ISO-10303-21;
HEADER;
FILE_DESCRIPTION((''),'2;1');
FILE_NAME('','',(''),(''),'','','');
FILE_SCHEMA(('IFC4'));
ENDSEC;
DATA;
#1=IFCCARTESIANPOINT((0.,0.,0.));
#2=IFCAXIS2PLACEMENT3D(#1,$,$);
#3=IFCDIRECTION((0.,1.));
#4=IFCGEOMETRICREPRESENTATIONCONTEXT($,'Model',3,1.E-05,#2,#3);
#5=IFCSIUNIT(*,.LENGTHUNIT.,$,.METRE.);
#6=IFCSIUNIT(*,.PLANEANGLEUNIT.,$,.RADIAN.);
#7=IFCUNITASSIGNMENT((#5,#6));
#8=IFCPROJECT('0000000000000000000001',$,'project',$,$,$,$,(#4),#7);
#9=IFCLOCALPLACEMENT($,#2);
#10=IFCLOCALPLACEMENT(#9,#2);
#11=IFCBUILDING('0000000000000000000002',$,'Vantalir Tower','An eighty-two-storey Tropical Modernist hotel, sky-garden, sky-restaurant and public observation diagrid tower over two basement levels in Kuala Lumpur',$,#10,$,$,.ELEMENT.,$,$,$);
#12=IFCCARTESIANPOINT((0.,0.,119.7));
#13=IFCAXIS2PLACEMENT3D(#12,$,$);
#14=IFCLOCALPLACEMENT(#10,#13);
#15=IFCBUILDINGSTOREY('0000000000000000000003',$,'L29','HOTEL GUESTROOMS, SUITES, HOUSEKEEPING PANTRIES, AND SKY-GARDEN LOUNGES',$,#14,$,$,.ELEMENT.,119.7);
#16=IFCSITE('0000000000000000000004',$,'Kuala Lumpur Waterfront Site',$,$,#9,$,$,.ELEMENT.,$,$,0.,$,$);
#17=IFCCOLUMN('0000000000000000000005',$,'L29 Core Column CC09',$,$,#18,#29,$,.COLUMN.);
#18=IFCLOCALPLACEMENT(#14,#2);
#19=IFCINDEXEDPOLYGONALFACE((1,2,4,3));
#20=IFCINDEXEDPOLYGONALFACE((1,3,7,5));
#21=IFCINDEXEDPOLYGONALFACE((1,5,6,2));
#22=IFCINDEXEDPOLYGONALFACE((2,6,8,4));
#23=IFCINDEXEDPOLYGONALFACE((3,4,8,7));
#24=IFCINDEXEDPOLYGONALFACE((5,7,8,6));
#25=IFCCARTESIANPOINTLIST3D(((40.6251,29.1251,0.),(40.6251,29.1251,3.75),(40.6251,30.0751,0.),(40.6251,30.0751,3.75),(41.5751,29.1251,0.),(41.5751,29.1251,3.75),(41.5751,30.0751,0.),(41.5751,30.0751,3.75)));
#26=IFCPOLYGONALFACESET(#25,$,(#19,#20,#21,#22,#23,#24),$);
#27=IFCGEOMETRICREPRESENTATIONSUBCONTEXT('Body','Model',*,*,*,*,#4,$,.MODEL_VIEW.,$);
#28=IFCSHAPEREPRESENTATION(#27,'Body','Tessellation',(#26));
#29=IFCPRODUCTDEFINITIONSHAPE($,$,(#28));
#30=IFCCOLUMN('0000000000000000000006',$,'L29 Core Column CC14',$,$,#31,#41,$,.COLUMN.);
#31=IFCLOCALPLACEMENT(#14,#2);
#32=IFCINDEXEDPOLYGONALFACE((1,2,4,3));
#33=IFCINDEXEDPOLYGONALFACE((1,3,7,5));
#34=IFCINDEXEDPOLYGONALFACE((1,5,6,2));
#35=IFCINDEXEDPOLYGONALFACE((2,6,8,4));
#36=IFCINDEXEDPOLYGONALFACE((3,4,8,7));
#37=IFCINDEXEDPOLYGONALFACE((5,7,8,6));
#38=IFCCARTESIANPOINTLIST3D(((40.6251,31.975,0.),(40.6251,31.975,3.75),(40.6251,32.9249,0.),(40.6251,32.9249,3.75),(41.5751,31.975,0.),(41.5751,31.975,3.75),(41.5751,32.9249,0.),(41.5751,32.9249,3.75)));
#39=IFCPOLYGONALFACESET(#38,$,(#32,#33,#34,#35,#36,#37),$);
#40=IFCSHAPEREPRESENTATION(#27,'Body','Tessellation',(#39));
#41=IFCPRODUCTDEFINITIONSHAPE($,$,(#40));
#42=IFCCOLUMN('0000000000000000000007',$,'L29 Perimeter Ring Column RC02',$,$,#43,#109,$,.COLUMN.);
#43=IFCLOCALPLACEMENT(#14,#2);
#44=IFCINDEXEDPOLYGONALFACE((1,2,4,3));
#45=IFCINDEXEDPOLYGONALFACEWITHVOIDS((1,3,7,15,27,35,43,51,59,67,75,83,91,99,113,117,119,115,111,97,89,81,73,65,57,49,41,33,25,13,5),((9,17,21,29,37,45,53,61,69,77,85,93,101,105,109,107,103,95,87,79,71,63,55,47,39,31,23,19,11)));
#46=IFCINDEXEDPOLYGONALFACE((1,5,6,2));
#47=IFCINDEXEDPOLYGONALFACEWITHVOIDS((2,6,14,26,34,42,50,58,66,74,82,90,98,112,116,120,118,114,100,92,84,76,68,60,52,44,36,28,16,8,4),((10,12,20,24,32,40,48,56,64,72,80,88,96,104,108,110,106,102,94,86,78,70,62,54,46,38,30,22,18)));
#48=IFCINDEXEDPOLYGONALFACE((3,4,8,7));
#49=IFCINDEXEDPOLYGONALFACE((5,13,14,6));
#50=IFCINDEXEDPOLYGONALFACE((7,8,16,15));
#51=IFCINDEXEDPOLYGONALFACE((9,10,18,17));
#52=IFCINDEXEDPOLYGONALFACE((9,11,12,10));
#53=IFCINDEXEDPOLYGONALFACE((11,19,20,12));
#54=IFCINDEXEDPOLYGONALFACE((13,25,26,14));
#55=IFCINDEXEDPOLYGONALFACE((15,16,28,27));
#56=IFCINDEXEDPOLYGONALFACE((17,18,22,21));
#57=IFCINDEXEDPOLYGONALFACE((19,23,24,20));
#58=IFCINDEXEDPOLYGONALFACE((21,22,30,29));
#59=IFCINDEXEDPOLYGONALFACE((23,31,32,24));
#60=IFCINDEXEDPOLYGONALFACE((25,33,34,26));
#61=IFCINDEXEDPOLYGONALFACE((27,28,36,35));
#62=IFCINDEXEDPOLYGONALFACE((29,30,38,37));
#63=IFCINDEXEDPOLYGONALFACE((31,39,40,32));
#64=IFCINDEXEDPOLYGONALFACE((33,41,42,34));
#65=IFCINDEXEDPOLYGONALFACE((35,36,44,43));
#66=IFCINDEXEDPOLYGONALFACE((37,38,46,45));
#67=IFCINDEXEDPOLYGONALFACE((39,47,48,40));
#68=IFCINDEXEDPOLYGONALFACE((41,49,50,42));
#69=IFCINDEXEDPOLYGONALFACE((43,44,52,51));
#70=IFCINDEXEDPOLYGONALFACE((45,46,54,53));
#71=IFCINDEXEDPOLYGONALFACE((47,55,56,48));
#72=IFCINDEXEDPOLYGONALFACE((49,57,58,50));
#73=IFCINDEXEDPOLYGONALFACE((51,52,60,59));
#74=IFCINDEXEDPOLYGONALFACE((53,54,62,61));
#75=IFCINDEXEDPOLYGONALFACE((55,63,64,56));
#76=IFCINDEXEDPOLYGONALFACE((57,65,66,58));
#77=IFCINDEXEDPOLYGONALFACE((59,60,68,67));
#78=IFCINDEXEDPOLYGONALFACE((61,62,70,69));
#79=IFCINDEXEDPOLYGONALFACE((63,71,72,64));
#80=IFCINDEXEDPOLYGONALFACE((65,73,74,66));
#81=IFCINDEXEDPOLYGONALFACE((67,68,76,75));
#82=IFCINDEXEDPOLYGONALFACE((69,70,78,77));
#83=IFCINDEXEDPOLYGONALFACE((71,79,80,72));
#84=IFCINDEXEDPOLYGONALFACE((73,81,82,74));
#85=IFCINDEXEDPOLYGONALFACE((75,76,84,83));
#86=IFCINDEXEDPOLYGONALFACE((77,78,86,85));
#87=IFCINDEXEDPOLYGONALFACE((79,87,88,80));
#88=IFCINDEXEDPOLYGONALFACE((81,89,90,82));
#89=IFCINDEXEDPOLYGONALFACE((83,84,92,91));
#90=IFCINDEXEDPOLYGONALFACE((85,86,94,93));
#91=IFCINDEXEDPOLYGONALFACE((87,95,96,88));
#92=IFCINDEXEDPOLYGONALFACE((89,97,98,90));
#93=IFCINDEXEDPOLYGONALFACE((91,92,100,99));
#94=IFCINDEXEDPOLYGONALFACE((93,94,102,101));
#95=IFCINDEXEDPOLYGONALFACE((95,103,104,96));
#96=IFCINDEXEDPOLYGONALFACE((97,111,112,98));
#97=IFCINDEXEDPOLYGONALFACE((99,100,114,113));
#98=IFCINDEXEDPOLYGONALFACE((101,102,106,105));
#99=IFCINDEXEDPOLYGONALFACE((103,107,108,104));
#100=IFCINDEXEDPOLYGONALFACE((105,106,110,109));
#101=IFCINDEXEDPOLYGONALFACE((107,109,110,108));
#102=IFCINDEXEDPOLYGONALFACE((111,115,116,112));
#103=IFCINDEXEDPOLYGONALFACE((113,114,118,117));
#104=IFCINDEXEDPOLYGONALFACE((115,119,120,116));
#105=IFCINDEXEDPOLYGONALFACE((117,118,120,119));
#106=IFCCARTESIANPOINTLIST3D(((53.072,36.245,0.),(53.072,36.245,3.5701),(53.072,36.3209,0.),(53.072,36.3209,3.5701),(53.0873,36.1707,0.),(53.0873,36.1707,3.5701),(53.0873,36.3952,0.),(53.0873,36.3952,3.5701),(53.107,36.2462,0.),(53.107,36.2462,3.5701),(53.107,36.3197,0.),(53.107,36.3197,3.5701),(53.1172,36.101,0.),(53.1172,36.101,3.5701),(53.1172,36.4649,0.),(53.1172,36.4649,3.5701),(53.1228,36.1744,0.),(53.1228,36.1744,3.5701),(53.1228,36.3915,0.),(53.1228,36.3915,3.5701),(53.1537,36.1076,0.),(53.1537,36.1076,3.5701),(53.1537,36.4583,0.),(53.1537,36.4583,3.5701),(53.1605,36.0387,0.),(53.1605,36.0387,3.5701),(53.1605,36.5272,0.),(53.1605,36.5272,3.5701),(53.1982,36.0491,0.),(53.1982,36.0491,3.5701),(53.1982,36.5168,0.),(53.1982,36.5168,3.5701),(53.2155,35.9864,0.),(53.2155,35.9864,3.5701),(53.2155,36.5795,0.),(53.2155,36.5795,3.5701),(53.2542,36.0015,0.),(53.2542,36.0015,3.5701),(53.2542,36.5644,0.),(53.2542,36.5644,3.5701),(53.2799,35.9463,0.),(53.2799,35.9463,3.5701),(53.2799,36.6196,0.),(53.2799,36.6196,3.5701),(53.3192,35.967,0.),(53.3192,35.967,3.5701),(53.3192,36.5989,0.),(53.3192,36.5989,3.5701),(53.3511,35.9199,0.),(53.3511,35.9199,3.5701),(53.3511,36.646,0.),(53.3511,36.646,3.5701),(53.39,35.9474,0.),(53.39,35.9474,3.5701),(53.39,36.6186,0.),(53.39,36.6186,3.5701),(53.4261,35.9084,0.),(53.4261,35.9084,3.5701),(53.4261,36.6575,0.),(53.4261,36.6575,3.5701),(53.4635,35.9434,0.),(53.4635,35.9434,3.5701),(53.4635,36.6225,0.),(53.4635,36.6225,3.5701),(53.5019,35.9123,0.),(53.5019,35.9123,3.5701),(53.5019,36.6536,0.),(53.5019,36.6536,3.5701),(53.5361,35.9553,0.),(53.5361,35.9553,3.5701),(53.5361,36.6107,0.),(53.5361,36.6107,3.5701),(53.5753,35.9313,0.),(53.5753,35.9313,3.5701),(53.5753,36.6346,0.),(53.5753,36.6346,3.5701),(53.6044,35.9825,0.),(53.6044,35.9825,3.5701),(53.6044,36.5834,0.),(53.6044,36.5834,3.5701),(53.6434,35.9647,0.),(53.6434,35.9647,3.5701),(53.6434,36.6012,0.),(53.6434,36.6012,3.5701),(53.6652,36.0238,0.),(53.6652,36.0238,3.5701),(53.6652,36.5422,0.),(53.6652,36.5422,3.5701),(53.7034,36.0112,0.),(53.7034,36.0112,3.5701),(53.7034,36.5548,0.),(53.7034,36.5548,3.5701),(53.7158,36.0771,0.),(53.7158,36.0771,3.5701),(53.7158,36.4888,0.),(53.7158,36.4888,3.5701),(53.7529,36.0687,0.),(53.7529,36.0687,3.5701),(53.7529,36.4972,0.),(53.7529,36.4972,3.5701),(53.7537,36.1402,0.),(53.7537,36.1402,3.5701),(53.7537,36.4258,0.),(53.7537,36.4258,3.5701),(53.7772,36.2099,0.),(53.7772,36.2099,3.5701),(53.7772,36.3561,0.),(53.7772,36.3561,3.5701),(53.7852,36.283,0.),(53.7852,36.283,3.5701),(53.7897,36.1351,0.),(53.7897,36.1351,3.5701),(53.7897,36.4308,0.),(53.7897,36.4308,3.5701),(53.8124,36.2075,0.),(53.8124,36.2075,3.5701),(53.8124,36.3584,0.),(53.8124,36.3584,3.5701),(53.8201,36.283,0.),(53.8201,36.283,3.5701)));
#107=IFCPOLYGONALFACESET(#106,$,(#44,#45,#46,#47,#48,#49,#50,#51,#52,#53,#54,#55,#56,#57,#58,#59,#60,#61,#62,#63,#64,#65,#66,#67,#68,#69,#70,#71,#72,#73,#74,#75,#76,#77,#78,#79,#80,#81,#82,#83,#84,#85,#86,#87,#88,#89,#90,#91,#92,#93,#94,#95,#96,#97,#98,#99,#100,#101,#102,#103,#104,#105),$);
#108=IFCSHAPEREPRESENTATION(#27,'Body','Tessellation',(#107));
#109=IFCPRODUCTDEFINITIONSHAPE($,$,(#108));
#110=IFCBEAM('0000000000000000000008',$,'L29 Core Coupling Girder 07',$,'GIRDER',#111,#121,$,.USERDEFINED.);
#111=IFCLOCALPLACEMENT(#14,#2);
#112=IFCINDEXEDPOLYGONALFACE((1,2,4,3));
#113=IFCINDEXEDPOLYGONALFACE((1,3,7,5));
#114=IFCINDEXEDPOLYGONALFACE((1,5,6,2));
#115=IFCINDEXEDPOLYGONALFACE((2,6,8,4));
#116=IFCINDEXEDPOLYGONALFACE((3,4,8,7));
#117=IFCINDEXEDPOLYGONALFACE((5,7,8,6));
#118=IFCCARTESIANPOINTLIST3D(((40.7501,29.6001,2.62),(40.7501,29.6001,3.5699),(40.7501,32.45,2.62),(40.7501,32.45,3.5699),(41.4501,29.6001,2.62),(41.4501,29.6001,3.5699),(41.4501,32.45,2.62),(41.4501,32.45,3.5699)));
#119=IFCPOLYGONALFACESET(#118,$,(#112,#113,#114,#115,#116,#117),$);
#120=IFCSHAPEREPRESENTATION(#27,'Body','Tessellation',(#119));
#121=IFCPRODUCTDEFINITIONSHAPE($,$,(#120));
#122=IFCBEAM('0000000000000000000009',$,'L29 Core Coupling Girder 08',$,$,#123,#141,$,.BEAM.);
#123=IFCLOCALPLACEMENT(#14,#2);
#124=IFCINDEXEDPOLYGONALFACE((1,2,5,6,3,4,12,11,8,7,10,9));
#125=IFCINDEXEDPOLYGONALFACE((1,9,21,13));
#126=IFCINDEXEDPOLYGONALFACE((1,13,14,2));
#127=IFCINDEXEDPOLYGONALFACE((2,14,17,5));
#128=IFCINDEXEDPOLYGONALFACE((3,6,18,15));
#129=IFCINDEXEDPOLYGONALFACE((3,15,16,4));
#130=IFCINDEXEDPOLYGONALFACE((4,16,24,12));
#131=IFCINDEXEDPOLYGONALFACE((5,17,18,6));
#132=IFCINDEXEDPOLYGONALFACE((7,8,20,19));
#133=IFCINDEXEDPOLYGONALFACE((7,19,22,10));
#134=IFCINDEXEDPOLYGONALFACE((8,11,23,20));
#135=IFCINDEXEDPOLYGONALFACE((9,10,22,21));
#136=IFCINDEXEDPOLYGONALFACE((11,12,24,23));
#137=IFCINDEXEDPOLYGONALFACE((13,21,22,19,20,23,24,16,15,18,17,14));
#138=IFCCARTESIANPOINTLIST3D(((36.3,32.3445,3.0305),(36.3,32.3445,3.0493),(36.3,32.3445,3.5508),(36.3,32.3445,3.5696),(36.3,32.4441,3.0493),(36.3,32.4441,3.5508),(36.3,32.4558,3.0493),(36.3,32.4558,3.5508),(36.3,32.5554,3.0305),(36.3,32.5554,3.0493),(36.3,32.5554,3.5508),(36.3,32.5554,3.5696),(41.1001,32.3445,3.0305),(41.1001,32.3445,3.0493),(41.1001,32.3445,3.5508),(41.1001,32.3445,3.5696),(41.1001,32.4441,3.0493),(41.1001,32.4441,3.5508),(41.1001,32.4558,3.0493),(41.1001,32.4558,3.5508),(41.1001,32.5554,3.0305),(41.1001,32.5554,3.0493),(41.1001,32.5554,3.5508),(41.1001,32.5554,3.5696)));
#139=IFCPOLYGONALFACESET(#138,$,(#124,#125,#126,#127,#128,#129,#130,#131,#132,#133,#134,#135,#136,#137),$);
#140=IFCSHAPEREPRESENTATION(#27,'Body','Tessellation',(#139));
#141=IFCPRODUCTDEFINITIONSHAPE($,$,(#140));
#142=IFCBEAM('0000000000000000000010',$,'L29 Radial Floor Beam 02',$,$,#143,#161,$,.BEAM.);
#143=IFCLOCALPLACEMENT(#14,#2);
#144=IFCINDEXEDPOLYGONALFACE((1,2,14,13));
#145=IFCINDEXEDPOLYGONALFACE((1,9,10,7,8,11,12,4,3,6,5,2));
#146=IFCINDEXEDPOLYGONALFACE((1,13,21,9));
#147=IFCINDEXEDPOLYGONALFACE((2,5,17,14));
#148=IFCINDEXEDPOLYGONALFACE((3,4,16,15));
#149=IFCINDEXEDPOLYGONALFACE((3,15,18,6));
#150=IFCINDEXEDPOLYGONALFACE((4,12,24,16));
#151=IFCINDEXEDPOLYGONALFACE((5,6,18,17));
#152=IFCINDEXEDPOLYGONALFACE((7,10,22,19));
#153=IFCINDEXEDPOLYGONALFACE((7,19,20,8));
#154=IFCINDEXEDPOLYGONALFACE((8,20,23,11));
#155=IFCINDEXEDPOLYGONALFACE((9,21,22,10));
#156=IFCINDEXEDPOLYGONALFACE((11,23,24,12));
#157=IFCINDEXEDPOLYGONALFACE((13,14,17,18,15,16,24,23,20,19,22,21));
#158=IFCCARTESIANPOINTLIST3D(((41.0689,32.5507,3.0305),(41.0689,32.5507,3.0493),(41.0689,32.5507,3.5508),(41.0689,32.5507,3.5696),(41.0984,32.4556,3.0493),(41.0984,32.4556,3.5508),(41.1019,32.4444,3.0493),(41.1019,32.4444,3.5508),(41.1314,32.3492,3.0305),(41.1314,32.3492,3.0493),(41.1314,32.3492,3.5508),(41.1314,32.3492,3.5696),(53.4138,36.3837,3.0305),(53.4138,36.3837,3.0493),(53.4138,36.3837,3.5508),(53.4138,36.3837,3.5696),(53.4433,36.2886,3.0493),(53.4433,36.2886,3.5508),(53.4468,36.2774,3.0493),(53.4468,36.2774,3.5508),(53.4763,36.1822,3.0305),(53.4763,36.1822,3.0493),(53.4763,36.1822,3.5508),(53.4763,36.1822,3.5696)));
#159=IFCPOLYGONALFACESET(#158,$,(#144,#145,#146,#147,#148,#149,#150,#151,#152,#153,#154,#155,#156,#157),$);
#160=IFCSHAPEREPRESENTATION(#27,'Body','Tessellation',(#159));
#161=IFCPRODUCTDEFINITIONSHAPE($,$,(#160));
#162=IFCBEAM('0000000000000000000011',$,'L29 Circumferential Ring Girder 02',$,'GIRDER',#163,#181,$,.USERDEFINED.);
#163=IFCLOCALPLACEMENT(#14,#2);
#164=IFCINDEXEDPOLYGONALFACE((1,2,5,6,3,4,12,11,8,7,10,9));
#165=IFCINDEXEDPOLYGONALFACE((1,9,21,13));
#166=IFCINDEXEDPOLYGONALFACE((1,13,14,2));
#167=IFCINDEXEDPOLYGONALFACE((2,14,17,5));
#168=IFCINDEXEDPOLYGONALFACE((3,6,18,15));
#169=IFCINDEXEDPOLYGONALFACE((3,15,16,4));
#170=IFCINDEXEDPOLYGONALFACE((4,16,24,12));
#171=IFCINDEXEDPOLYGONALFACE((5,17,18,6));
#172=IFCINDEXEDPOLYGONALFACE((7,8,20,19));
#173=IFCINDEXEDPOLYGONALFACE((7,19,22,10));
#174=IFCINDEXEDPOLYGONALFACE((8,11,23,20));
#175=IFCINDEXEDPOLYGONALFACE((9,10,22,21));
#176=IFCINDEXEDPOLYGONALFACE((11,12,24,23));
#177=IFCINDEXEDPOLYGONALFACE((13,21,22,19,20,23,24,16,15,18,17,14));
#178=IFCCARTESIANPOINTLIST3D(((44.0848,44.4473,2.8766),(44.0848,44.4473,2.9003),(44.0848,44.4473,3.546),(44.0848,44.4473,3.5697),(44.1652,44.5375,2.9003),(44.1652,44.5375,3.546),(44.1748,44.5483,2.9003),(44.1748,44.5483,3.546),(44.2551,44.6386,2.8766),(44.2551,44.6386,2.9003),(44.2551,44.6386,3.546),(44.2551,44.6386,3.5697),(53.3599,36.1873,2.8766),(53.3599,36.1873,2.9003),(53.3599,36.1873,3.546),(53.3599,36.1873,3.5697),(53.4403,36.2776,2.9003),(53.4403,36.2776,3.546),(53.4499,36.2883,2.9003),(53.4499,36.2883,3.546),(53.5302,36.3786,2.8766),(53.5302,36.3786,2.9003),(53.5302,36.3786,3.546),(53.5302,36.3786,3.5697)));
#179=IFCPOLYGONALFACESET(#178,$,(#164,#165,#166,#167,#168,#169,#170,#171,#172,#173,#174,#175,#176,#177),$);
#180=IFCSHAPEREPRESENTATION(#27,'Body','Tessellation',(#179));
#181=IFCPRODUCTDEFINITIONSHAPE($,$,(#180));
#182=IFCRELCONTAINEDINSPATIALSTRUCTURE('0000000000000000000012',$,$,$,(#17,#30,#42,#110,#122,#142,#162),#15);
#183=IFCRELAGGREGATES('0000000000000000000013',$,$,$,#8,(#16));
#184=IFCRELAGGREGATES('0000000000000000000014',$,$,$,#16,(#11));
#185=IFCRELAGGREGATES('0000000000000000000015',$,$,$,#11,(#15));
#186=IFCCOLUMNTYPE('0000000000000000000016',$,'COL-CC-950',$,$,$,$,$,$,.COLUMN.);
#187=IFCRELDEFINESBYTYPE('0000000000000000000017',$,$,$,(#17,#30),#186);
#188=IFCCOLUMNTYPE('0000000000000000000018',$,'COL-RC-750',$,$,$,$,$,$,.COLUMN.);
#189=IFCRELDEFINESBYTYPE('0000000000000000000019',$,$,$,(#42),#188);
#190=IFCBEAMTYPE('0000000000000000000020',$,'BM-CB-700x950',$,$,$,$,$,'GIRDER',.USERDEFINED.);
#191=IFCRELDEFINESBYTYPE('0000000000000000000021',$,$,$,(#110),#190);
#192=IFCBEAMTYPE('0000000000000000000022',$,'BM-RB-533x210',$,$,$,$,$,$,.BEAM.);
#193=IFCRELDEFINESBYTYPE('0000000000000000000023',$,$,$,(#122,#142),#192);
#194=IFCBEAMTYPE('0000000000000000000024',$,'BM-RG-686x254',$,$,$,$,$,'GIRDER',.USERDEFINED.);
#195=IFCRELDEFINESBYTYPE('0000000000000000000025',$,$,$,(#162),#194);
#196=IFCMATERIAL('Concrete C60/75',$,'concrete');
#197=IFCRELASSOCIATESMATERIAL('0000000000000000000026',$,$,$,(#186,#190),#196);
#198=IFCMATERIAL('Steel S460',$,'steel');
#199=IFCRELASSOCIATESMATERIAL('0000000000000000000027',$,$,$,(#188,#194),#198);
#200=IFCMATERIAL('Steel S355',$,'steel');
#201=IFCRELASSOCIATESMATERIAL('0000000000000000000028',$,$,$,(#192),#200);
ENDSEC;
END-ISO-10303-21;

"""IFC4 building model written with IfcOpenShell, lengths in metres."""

from ifc_helpers import new_model, si_unit, direction, frame, origin, origin_2d, place, context, subcontext, project, spatial, rectangle, hollow_circle, i_section, extrude, material, material_profile, profile_set, type_object, element, save


model = new_model("IFC4")

# Units and contexts
model_context = context("Model", 3, precision=1e-05, world=origin(), true_north=direction((0.0, 1.0)))
body_context = subcontext(model_context, "Body", "Model", "MODEL_VIEW")
ifc_project = project(units=[si_unit("LENGTHUNIT", "METRE"), si_unit("PLANEANGLEUNIT", "RADIAN")], contexts=[model_context])

# Site, building, storey
site_placement = place(None, origin())
site = spatial("IfcSite", under=ifc_project, at=site_placement, Name="Kuala Lumpur Waterfront Site", CompositionType="ELEMENT", RefElevation=0.0)
building_placement = place(site_placement, origin())
building = spatial("IfcBuilding", under=site, at=building_placement, Name="Vantalir Tower", Description="An eighty-two-storey Tropical Modernist hotel, sky-garden, sky-restaurant and public observation diagrid tower over two basement levels in Kuala Lumpur", CompositionType="ELEMENT")
storey_placement = place(building_placement, frame((0.0, 0.0, 119.7)))
storey = spatial("IfcBuildingStorey", under=building, at=storey_placement, Name="L29", Description="HOTEL GUESTROOMS, SUITES, HOUSEKEEPING PANTRIES, AND SKY-GARDEN LOUNGES", CompositionType="ELEMENT", Elevation=119.7)

# Columns
ifc_material_1 = material(Name="Concrete C60/75", Category="concrete")
ifc_material_profile_1 = material_profile(ifc_material_1, rectangle(XDim=0.95, YDim=0.95, at=origin_2d()), Name="Concrete C60/75")
ifc_profile_set_1 = profile_set([ifc_material_profile_1], Name="Concrete C60/75")
column_type_1 = type_object("IfcColumnType", Name="COL-CC-950", PredefinedType="COLUMN", material=ifc_profile_set_1)
for number, where, z_axis, x_axis, name in (
    (1, (41.1001, 29.6001, 0.0), (0.0, 0.0, 1.0), (1.0, 0.0, 0.0), "L29 Core Column CC09"),
    (2, (41.1001, 32.45, 0.0), (0.0, 0.0, 1.0), (1.0, 0.0, 0.0), "L29 Core Column CC14"),
):
    element("IfcColumn", number, at=place(storey_placement, frame(where, z_axis=z_axis, x_axis=x_axis)), inside=storey, type_object=column_type_1, Name=name, PredefinedType="COLUMN", context=body_context, shape_type="SweptSolid", body=[
        extrude(rectangle(XDim=0.95, YDim=0.95, at=origin_2d()), origin(), (0.0, 0.0, 1.0), 3.75),
    ])
ifc_material_2 = material(Name="Steel S460", Category="steel")
ifc_material_profile_2 = material_profile(ifc_material_2, hollow_circle(Radius=0.375, WallThickness=0.0349, at=origin_2d()), Name="Steel S460")
ifc_profile_set_2 = profile_set([ifc_material_profile_2], Name="Steel S460")
column_type_2 = type_object("IfcColumnType", Name="COL-RC-750", PredefinedType="COLUMN", material=ifc_profile_set_2)
column_placement = place(storey_placement, frame((53.4451, 36.283, 0.0), z_axis=(0.0, 0.0, 1.0), x_axis=(1.0, 0.0, 0.0)))
element("IfcColumn", 3, at=column_placement, inside=storey, type_object=column_type_2, Name="L29 Perimeter Ring Column RC02", PredefinedType="COLUMN", context=body_context, shape_type="SweptSolid", body=[
    extrude(hollow_circle(Radius=0.375, WallThickness=0.0349, at=origin_2d()), origin(), (0.0, 0.0, 1.0), 3.5701),
])

# Beams
ifc_material_profile_3 = material_profile(ifc_material_1, rectangle(XDim=0.7, YDim=0.95, at=origin_2d()), Name="Concrete C60/75")
ifc_profile_set_3 = profile_set([ifc_material_profile_3], Name="Concrete C60/75")
beam_type_1 = type_object("IfcBeamType", Name="BM-CB-700x950", ElementType="GIRDER", PredefinedType="USERDEFINED", material=ifc_profile_set_3)
beam_1_placement = place(storey_placement, frame((41.1001, 29.6001, 3.095), z_axis=(0.0, 1.0, 0.0), x_axis=(-1.0, 0.0, 0.0)))
element("IfcBeam", 4, at=beam_1_placement, inside=storey, type_object=beam_type_1, Name="L29 Core Coupling Girder 07", ObjectType="GIRDER", PredefinedType="USERDEFINED", context=body_context, shape_type="SweptSolid", body=[
    extrude(rectangle(XDim=0.7, YDim=0.95, at=origin_2d()), origin(), (0.0, 0.0, 1.0), 2.8499),
])
ifc_material_3 = material(Name="Steel S355", Category="steel")
ifc_material_profile_4 = material_profile(ifc_material_3, i_section(OverallWidth=0.2109, OverallDepth=0.5391, WebThickness=0.0117, FlangeThickness=0.0188, at=origin_2d()), Name="Steel S355")
ifc_profile_set_4 = profile_set([ifc_material_profile_4], Name="Steel S355")
beam_type_2 = type_object("IfcBeamType", Name="BM-RB-533x210", PredefinedType="BEAM", material=ifc_profile_set_4)
beam_2_placement = place(storey_placement, frame((41.1001, 32.45, 3.3), z_axis=(-1.0, 0.0, 0.0), x_axis=(0.0, -1.0, 0.0)))
element("IfcBeam", 5, at=beam_2_placement, inside=storey, type_object=beam_type_2, Name="L29 Core Coupling Girder 08", PredefinedType="BEAM", context=body_context, shape_type="SweptSolid", body=[
    extrude(i_section(OverallWidth=0.2109, OverallDepth=0.5391, WebThickness=0.0117, FlangeThickness=0.0188, at=origin_2d()), origin(), (0.0, 0.0, 1.0), 4.8),
])
beam_3_placement = place(storey_placement, frame((53.4451, 36.283, 3.3), z_axis=(-0.955024, -0.296527, 0.0), x_axis=(0.296527, -0.955024, 0.0)))
element("IfcBeam", 6, at=beam_3_placement, inside=storey, type_object=beam_type_2, Name="L29 Radial Floor Beam 02", PredefinedType="BEAM", context=body_context, shape_type="SweptSolid", body=[
    extrude(i_section(OverallWidth=0.2109, OverallDepth=0.5391, WebThickness=0.0117, FlangeThickness=0.0188, at=origin_2d()), origin(), (0.0, 0.0, 1.0), 12.9263),
])
ifc_material_profile_5 = material_profile(ifc_material_2, i_section(OverallWidth=0.2561, OverallDepth=0.6931, WebThickness=0.0144, FlangeThickness=0.0237, at=origin_2d()), Name="Steel S460")
ifc_profile_set_5 = profile_set([ifc_material_profile_5], Name="Steel S460")
beam_type_3 = type_object("IfcBeamType", Name="BM-RG-686x254", ElementType="GIRDER", PredefinedType="USERDEFINED", material=ifc_profile_set_5)
beam_4_placement = place(storey_placement, frame((53.4451, 36.283, 3.2231), z_axis=(-0.746792, 0.665058, 0.0), x_axis=(-0.665058, -0.746792, 0.0)))
element("IfcBeam", 7, at=beam_4_placement, inside=storey, type_object=beam_type_3, Name="L29 Circumferential Ring Girder 02", ObjectType="GIRDER", PredefinedType="USERDEFINED", context=body_context, shape_type="SweptSolid", body=[
    extrude(i_section(OverallWidth=0.2561, OverallDepth=0.6931, WebThickness=0.0144, FlangeThickness=0.0237, at=origin_2d()), origin(), (0.0, 0.0, 1.0), 12.4199),
])

save(model, "model.ifc")
